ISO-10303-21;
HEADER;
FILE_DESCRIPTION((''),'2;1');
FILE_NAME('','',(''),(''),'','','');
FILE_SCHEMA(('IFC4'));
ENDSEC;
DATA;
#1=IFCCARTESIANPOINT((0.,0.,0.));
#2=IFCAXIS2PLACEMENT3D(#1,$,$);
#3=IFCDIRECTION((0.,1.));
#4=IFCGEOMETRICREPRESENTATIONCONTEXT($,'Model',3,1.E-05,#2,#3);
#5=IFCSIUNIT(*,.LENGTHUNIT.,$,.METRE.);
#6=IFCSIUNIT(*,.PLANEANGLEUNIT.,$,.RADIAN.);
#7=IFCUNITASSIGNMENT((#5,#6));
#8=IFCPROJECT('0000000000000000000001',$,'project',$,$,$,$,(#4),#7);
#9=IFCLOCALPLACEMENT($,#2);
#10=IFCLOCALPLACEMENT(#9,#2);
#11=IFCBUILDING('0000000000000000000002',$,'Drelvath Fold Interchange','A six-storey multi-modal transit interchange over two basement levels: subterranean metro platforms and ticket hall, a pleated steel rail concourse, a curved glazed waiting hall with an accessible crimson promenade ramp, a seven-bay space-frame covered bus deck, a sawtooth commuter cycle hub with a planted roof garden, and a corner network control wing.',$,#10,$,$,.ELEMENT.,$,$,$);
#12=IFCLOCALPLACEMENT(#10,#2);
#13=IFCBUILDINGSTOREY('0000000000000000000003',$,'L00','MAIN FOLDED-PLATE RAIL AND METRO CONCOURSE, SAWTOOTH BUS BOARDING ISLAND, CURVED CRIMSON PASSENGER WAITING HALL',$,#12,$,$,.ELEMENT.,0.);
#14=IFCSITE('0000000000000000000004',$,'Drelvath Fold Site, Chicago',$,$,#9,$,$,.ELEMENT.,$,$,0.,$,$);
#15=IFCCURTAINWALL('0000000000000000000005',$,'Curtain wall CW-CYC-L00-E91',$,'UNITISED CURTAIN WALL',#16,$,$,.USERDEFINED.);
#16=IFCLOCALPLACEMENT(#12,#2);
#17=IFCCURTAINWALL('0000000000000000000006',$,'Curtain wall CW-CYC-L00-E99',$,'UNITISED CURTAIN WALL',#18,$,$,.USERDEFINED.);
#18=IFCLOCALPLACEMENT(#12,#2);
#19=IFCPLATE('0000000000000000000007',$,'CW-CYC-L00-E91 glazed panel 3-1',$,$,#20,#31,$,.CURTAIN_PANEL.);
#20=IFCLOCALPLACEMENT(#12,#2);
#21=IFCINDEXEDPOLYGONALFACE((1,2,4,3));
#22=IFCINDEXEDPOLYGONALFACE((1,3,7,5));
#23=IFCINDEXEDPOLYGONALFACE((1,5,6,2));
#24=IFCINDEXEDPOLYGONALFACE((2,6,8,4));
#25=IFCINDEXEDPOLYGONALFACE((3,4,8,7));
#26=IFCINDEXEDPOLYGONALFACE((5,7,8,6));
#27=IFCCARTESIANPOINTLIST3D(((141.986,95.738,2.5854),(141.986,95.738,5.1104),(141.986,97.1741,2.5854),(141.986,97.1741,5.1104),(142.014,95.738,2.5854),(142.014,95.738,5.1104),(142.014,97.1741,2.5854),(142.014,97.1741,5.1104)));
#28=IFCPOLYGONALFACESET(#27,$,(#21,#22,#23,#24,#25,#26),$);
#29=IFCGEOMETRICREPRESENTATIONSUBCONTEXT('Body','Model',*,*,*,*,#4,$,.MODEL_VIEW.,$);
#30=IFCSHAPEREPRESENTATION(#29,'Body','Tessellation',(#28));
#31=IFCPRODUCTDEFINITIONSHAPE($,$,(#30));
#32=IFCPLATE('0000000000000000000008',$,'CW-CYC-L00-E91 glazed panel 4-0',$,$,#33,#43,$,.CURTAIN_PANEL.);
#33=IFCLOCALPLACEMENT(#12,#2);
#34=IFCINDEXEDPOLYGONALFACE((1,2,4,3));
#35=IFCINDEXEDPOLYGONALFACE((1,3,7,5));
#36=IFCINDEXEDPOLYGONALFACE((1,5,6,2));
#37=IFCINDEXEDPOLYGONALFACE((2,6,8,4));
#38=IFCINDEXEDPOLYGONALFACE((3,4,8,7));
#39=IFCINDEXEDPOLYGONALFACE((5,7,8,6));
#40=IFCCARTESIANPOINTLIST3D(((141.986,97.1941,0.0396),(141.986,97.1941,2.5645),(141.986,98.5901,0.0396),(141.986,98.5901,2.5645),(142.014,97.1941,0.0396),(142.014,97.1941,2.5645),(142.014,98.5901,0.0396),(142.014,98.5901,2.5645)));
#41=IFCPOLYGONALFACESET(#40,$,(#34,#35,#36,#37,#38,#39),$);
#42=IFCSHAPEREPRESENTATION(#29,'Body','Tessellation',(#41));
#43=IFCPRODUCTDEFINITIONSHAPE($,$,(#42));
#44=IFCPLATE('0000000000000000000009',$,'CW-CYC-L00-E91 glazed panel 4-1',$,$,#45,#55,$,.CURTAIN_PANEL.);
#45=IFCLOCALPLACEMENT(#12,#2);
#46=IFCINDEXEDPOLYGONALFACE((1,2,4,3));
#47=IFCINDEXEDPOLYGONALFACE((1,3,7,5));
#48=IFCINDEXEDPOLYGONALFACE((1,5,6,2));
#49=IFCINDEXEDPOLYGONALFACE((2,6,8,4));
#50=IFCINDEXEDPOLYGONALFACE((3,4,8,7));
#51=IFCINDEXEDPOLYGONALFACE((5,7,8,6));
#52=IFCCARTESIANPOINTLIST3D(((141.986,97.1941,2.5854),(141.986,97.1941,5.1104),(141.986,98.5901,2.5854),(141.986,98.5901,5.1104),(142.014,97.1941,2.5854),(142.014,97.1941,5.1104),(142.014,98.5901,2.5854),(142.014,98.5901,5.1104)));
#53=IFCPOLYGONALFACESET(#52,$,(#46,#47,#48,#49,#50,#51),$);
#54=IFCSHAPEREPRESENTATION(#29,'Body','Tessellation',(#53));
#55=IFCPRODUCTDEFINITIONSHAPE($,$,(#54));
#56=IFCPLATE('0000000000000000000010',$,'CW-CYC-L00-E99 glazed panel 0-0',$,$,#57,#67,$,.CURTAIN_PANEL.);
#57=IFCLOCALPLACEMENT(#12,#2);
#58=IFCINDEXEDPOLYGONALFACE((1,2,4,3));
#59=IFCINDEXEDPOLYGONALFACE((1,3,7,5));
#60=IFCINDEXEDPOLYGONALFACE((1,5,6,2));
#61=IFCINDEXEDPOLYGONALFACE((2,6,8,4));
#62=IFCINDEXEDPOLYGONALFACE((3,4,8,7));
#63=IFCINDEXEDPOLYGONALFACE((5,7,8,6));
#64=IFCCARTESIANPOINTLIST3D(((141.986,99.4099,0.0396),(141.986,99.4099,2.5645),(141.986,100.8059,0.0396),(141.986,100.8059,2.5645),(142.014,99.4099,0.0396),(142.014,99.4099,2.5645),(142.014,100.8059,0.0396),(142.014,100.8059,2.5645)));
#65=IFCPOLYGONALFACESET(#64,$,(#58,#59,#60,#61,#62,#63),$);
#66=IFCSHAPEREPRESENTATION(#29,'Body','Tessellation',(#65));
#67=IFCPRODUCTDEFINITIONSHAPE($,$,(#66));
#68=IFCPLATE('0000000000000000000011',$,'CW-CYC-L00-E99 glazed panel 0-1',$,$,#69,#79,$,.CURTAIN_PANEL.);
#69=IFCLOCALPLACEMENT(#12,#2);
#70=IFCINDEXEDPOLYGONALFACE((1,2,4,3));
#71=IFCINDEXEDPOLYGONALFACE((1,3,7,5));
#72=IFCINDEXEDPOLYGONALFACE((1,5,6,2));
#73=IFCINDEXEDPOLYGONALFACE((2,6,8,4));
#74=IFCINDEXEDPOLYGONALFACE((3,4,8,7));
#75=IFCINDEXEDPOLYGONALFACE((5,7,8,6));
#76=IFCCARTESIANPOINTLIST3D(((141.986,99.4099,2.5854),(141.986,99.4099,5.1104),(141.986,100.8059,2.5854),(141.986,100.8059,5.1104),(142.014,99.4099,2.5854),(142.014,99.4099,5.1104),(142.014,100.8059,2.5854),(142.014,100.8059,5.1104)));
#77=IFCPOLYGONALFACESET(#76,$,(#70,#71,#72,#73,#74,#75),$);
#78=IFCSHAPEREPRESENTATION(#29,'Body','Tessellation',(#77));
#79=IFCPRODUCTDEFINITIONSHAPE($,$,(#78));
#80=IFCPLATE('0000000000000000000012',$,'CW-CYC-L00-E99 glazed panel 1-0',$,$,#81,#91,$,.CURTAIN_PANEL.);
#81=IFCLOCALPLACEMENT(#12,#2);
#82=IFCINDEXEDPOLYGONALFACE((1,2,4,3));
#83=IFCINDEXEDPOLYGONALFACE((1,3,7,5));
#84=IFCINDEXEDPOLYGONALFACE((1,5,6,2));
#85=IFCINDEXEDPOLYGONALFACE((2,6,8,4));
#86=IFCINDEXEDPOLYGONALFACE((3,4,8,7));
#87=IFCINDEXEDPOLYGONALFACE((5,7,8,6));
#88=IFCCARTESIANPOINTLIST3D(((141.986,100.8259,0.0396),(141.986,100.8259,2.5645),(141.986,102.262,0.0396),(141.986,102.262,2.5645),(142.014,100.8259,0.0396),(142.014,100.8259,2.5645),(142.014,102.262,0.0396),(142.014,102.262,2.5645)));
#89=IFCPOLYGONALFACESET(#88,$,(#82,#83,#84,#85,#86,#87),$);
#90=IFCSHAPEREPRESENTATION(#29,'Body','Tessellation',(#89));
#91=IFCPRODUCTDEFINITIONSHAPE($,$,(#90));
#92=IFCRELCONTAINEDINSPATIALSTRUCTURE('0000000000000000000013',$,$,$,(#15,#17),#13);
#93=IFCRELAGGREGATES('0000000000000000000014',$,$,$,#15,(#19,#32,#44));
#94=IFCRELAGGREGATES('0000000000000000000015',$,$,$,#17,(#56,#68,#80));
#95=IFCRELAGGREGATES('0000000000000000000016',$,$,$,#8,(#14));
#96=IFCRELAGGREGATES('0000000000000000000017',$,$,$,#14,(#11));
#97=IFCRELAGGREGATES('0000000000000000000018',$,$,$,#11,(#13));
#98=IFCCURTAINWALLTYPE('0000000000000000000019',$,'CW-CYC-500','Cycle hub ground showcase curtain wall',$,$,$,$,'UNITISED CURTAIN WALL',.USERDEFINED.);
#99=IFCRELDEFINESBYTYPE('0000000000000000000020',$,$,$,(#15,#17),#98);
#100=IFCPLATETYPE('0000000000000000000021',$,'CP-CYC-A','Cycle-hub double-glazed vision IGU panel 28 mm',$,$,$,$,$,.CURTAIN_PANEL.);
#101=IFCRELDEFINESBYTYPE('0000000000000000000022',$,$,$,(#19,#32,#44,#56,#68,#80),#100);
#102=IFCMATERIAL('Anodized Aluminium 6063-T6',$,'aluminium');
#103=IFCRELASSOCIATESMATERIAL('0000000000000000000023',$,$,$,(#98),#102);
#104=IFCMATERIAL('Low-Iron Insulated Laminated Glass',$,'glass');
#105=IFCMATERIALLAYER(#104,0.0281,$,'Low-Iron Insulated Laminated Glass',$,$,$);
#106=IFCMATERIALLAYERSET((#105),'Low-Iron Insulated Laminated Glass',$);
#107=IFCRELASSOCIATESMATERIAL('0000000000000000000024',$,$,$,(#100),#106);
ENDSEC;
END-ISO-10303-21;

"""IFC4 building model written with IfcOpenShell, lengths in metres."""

from ifc_helpers import new_model, si_unit, direction, frame, origin, origin_2d, place, context, subcontext, project, spatial, rectangle, extrude, material, layer, layer_set, type_object, element, aggregate, save


model = new_model("IFC4")

# Units and contexts
model_context = context("Model", 3, precision=1e-05, world=origin(), true_north=direction((0.0, 1.0)))
body_context = subcontext(model_context, "Body", "Model", "MODEL_VIEW")
ifc_project = project(units=[si_unit("LENGTHUNIT", "METRE"), si_unit("PLANEANGLEUNIT", "RADIAN")], contexts=[model_context])

# Site, building, storey
site_placement = place(None, origin())
site = spatial("IfcSite", under=ifc_project, at=site_placement, Name="Drelvath Fold Site, Chicago", CompositionType="ELEMENT", RefElevation=0.0)
building_placement = place(site_placement, origin())
building = spatial("IfcBuilding", under=site, at=building_placement, Name="Drelvath Fold Interchange", Description="A six-storey multi-modal transit interchange over two basement levels: subterranean metro platforms and ticket hall, a pleated steel rail concourse, a curved glazed waiting hall with an accessible crimson promenade ramp, a seven-bay space-frame covered bus deck, a sawtooth commuter cycle hub with a planted roof garden, and a corner network control wing.", CompositionType="ELEMENT")
storey_placement = place(building_placement, origin())
storey = spatial("IfcBuildingStorey", under=building, at=storey_placement, Name="L00", Description="MAIN FOLDED-PLATE RAIL AND METRO CONCOURSE, SAWTOOTH BUS BOARDING ISLAND, CURVED CRIMSON PASSENGER WAITING HALL", CompositionType="ELEMENT", Elevation=0.0)

# Curtain walls
ifc_material_1 = material(Name="Anodized Aluminium 6063-T6", Category="aluminium")
curtain_wall_type = type_object("IfcCurtainWallType", Name="CW-CYC-500", Description="Cycle hub ground showcase curtain wall", ElementType="UNITISED CURTAIN WALL", PredefinedType="USERDEFINED", material=ifc_material_1)
curtain_wall_1_placement = place(storey_placement, origin())
curtain_wall_1 = element("IfcCurtainWall", 1, at=curtain_wall_1_placement, inside=storey, type_object=curtain_wall_type, Name="Curtain wall CW-CYC-L00-E91", ObjectType="UNITISED CURTAIN WALL", PredefinedType="USERDEFINED")
curtain_wall_2_placement = place(storey_placement, origin())
curtain_wall_2 = element("IfcCurtainWall", 2, at=curtain_wall_2_placement, inside=storey, type_object=curtain_wall_type, Name="Curtain wall CW-CYC-L00-E99", ObjectType="UNITISED CURTAIN WALL", PredefinedType="USERDEFINED")

# Plates
ifc_material_2 = material(Name="Low-Iron Insulated Laminated Glass", Category="glass")
ifc_layer = layer(ifc_material_2, 0.0281, Name="Low-Iron Insulated Laminated Glass")
ifc_layer_set = layer_set([ifc_layer], Name="Low-Iron Insulated Laminated Glass")
plate_type = type_object("IfcPlateType", Name="CP-CYC-A", Description="Cycle-hub double-glazed vision IGU panel 28 mm", PredefinedType="CURTAIN_PANEL", material=ifc_layer_set)
plate_1_placement = place(storey_placement, frame((142.0, 96.4561, 2.5854), z_axis=(0.0, 0.0, 1.0), x_axis=(0.0, 1.0, 0.0)))
plate_1 = element("IfcPlate", 3, at=plate_1_placement, type_object=plate_type, Name="CW-CYC-L00-E91 glazed panel 3-1", PredefinedType="CURTAIN_PANEL", context=body_context, shape_type="SweptSolid", body=[
    extrude(rectangle(XDim=1.436, YDim=0.0281, at=origin_2d()), origin(), (0.0, 0.0, 1.0), 2.5249),
])
plate_2_placement = place(storey_placement, frame((142.0, 97.8921, 0.0396), z_axis=(0.0, 0.0, 1.0), x_axis=(0.0, 1.0, 0.0)))
plate_2 = element("IfcPlate", 4, at=plate_2_placement, type_object=plate_type, Name="CW-CYC-L00-E91 glazed panel 4-0", PredefinedType="CURTAIN_PANEL", context=body_context, shape_type="SweptSolid", body=[
    extrude(rectangle(XDim=1.396, YDim=0.0281, at=origin_2d()), origin(), (0.0, 0.0, 1.0), 2.5249),
])
plate_3_placement = place(storey_placement, frame((142.0, 97.8921, 2.5854), z_axis=(0.0, 0.0, 1.0), x_axis=(0.0, 1.0, 0.0)))
plate_3 = element("IfcPlate", 5, at=plate_3_placement, type_object=plate_type, Name="CW-CYC-L00-E91 glazed panel 4-1", PredefinedType="CURTAIN_PANEL", context=body_context, shape_type="SweptSolid", body=[
    extrude(rectangle(XDim=1.396, YDim=0.0281, at=origin_2d()), origin(), (0.0, 0.0, 1.0), 2.5249),
])
aggregate(curtain_wall_1, [plate_1, plate_2, plate_3])
plate_4_placement = place(storey_placement, frame((142.0, 100.1079, 0.0396), z_axis=(0.0, 0.0, 1.0), x_axis=(0.0, 1.0, 0.0)))
plate_4 = element("IfcPlate", 6, at=plate_4_placement, type_object=plate_type, Name="CW-CYC-L00-E99 glazed panel 0-0", PredefinedType="CURTAIN_PANEL", context=body_context, shape_type="SweptSolid", body=[
    extrude(rectangle(XDim=1.396, YDim=0.0281, at=origin_2d()), origin(), (0.0, 0.0, 1.0), 2.5249),
])
plate_5_placement = place(storey_placement, frame((142.0, 100.1079, 2.5854), z_axis=(0.0, 0.0, 1.0), x_axis=(0.0, 1.0, 0.0)))
plate_5 = element("IfcPlate", 7, at=plate_5_placement, type_object=plate_type, Name="CW-CYC-L00-E99 glazed panel 0-1", PredefinedType="CURTAIN_PANEL", context=body_context, shape_type="SweptSolid", body=[
    extrude(rectangle(XDim=1.396, YDim=0.0281, at=origin_2d()), origin(), (0.0, 0.0, 1.0), 2.5249),
])
plate_6_placement = place(storey_placement, frame((142.0, 101.5439, 0.0396), z_axis=(0.0, 0.0, 1.0), x_axis=(0.0, 1.0, 0.0)))
plate_6 = element("IfcPlate", 8, at=plate_6_placement, type_object=plate_type, Name="CW-CYC-L00-E99 glazed panel 1-0", PredefinedType="CURTAIN_PANEL", context=body_context, shape_type="SweptSolid", body=[
    extrude(rectangle(XDim=1.436, YDim=0.0281, at=origin_2d()), origin(), (0.0, 0.0, 1.0), 2.5249),
])
aggregate(curtain_wall_2, [plate_4, plate_5, plate_6])

save(model, "model.ifc")
